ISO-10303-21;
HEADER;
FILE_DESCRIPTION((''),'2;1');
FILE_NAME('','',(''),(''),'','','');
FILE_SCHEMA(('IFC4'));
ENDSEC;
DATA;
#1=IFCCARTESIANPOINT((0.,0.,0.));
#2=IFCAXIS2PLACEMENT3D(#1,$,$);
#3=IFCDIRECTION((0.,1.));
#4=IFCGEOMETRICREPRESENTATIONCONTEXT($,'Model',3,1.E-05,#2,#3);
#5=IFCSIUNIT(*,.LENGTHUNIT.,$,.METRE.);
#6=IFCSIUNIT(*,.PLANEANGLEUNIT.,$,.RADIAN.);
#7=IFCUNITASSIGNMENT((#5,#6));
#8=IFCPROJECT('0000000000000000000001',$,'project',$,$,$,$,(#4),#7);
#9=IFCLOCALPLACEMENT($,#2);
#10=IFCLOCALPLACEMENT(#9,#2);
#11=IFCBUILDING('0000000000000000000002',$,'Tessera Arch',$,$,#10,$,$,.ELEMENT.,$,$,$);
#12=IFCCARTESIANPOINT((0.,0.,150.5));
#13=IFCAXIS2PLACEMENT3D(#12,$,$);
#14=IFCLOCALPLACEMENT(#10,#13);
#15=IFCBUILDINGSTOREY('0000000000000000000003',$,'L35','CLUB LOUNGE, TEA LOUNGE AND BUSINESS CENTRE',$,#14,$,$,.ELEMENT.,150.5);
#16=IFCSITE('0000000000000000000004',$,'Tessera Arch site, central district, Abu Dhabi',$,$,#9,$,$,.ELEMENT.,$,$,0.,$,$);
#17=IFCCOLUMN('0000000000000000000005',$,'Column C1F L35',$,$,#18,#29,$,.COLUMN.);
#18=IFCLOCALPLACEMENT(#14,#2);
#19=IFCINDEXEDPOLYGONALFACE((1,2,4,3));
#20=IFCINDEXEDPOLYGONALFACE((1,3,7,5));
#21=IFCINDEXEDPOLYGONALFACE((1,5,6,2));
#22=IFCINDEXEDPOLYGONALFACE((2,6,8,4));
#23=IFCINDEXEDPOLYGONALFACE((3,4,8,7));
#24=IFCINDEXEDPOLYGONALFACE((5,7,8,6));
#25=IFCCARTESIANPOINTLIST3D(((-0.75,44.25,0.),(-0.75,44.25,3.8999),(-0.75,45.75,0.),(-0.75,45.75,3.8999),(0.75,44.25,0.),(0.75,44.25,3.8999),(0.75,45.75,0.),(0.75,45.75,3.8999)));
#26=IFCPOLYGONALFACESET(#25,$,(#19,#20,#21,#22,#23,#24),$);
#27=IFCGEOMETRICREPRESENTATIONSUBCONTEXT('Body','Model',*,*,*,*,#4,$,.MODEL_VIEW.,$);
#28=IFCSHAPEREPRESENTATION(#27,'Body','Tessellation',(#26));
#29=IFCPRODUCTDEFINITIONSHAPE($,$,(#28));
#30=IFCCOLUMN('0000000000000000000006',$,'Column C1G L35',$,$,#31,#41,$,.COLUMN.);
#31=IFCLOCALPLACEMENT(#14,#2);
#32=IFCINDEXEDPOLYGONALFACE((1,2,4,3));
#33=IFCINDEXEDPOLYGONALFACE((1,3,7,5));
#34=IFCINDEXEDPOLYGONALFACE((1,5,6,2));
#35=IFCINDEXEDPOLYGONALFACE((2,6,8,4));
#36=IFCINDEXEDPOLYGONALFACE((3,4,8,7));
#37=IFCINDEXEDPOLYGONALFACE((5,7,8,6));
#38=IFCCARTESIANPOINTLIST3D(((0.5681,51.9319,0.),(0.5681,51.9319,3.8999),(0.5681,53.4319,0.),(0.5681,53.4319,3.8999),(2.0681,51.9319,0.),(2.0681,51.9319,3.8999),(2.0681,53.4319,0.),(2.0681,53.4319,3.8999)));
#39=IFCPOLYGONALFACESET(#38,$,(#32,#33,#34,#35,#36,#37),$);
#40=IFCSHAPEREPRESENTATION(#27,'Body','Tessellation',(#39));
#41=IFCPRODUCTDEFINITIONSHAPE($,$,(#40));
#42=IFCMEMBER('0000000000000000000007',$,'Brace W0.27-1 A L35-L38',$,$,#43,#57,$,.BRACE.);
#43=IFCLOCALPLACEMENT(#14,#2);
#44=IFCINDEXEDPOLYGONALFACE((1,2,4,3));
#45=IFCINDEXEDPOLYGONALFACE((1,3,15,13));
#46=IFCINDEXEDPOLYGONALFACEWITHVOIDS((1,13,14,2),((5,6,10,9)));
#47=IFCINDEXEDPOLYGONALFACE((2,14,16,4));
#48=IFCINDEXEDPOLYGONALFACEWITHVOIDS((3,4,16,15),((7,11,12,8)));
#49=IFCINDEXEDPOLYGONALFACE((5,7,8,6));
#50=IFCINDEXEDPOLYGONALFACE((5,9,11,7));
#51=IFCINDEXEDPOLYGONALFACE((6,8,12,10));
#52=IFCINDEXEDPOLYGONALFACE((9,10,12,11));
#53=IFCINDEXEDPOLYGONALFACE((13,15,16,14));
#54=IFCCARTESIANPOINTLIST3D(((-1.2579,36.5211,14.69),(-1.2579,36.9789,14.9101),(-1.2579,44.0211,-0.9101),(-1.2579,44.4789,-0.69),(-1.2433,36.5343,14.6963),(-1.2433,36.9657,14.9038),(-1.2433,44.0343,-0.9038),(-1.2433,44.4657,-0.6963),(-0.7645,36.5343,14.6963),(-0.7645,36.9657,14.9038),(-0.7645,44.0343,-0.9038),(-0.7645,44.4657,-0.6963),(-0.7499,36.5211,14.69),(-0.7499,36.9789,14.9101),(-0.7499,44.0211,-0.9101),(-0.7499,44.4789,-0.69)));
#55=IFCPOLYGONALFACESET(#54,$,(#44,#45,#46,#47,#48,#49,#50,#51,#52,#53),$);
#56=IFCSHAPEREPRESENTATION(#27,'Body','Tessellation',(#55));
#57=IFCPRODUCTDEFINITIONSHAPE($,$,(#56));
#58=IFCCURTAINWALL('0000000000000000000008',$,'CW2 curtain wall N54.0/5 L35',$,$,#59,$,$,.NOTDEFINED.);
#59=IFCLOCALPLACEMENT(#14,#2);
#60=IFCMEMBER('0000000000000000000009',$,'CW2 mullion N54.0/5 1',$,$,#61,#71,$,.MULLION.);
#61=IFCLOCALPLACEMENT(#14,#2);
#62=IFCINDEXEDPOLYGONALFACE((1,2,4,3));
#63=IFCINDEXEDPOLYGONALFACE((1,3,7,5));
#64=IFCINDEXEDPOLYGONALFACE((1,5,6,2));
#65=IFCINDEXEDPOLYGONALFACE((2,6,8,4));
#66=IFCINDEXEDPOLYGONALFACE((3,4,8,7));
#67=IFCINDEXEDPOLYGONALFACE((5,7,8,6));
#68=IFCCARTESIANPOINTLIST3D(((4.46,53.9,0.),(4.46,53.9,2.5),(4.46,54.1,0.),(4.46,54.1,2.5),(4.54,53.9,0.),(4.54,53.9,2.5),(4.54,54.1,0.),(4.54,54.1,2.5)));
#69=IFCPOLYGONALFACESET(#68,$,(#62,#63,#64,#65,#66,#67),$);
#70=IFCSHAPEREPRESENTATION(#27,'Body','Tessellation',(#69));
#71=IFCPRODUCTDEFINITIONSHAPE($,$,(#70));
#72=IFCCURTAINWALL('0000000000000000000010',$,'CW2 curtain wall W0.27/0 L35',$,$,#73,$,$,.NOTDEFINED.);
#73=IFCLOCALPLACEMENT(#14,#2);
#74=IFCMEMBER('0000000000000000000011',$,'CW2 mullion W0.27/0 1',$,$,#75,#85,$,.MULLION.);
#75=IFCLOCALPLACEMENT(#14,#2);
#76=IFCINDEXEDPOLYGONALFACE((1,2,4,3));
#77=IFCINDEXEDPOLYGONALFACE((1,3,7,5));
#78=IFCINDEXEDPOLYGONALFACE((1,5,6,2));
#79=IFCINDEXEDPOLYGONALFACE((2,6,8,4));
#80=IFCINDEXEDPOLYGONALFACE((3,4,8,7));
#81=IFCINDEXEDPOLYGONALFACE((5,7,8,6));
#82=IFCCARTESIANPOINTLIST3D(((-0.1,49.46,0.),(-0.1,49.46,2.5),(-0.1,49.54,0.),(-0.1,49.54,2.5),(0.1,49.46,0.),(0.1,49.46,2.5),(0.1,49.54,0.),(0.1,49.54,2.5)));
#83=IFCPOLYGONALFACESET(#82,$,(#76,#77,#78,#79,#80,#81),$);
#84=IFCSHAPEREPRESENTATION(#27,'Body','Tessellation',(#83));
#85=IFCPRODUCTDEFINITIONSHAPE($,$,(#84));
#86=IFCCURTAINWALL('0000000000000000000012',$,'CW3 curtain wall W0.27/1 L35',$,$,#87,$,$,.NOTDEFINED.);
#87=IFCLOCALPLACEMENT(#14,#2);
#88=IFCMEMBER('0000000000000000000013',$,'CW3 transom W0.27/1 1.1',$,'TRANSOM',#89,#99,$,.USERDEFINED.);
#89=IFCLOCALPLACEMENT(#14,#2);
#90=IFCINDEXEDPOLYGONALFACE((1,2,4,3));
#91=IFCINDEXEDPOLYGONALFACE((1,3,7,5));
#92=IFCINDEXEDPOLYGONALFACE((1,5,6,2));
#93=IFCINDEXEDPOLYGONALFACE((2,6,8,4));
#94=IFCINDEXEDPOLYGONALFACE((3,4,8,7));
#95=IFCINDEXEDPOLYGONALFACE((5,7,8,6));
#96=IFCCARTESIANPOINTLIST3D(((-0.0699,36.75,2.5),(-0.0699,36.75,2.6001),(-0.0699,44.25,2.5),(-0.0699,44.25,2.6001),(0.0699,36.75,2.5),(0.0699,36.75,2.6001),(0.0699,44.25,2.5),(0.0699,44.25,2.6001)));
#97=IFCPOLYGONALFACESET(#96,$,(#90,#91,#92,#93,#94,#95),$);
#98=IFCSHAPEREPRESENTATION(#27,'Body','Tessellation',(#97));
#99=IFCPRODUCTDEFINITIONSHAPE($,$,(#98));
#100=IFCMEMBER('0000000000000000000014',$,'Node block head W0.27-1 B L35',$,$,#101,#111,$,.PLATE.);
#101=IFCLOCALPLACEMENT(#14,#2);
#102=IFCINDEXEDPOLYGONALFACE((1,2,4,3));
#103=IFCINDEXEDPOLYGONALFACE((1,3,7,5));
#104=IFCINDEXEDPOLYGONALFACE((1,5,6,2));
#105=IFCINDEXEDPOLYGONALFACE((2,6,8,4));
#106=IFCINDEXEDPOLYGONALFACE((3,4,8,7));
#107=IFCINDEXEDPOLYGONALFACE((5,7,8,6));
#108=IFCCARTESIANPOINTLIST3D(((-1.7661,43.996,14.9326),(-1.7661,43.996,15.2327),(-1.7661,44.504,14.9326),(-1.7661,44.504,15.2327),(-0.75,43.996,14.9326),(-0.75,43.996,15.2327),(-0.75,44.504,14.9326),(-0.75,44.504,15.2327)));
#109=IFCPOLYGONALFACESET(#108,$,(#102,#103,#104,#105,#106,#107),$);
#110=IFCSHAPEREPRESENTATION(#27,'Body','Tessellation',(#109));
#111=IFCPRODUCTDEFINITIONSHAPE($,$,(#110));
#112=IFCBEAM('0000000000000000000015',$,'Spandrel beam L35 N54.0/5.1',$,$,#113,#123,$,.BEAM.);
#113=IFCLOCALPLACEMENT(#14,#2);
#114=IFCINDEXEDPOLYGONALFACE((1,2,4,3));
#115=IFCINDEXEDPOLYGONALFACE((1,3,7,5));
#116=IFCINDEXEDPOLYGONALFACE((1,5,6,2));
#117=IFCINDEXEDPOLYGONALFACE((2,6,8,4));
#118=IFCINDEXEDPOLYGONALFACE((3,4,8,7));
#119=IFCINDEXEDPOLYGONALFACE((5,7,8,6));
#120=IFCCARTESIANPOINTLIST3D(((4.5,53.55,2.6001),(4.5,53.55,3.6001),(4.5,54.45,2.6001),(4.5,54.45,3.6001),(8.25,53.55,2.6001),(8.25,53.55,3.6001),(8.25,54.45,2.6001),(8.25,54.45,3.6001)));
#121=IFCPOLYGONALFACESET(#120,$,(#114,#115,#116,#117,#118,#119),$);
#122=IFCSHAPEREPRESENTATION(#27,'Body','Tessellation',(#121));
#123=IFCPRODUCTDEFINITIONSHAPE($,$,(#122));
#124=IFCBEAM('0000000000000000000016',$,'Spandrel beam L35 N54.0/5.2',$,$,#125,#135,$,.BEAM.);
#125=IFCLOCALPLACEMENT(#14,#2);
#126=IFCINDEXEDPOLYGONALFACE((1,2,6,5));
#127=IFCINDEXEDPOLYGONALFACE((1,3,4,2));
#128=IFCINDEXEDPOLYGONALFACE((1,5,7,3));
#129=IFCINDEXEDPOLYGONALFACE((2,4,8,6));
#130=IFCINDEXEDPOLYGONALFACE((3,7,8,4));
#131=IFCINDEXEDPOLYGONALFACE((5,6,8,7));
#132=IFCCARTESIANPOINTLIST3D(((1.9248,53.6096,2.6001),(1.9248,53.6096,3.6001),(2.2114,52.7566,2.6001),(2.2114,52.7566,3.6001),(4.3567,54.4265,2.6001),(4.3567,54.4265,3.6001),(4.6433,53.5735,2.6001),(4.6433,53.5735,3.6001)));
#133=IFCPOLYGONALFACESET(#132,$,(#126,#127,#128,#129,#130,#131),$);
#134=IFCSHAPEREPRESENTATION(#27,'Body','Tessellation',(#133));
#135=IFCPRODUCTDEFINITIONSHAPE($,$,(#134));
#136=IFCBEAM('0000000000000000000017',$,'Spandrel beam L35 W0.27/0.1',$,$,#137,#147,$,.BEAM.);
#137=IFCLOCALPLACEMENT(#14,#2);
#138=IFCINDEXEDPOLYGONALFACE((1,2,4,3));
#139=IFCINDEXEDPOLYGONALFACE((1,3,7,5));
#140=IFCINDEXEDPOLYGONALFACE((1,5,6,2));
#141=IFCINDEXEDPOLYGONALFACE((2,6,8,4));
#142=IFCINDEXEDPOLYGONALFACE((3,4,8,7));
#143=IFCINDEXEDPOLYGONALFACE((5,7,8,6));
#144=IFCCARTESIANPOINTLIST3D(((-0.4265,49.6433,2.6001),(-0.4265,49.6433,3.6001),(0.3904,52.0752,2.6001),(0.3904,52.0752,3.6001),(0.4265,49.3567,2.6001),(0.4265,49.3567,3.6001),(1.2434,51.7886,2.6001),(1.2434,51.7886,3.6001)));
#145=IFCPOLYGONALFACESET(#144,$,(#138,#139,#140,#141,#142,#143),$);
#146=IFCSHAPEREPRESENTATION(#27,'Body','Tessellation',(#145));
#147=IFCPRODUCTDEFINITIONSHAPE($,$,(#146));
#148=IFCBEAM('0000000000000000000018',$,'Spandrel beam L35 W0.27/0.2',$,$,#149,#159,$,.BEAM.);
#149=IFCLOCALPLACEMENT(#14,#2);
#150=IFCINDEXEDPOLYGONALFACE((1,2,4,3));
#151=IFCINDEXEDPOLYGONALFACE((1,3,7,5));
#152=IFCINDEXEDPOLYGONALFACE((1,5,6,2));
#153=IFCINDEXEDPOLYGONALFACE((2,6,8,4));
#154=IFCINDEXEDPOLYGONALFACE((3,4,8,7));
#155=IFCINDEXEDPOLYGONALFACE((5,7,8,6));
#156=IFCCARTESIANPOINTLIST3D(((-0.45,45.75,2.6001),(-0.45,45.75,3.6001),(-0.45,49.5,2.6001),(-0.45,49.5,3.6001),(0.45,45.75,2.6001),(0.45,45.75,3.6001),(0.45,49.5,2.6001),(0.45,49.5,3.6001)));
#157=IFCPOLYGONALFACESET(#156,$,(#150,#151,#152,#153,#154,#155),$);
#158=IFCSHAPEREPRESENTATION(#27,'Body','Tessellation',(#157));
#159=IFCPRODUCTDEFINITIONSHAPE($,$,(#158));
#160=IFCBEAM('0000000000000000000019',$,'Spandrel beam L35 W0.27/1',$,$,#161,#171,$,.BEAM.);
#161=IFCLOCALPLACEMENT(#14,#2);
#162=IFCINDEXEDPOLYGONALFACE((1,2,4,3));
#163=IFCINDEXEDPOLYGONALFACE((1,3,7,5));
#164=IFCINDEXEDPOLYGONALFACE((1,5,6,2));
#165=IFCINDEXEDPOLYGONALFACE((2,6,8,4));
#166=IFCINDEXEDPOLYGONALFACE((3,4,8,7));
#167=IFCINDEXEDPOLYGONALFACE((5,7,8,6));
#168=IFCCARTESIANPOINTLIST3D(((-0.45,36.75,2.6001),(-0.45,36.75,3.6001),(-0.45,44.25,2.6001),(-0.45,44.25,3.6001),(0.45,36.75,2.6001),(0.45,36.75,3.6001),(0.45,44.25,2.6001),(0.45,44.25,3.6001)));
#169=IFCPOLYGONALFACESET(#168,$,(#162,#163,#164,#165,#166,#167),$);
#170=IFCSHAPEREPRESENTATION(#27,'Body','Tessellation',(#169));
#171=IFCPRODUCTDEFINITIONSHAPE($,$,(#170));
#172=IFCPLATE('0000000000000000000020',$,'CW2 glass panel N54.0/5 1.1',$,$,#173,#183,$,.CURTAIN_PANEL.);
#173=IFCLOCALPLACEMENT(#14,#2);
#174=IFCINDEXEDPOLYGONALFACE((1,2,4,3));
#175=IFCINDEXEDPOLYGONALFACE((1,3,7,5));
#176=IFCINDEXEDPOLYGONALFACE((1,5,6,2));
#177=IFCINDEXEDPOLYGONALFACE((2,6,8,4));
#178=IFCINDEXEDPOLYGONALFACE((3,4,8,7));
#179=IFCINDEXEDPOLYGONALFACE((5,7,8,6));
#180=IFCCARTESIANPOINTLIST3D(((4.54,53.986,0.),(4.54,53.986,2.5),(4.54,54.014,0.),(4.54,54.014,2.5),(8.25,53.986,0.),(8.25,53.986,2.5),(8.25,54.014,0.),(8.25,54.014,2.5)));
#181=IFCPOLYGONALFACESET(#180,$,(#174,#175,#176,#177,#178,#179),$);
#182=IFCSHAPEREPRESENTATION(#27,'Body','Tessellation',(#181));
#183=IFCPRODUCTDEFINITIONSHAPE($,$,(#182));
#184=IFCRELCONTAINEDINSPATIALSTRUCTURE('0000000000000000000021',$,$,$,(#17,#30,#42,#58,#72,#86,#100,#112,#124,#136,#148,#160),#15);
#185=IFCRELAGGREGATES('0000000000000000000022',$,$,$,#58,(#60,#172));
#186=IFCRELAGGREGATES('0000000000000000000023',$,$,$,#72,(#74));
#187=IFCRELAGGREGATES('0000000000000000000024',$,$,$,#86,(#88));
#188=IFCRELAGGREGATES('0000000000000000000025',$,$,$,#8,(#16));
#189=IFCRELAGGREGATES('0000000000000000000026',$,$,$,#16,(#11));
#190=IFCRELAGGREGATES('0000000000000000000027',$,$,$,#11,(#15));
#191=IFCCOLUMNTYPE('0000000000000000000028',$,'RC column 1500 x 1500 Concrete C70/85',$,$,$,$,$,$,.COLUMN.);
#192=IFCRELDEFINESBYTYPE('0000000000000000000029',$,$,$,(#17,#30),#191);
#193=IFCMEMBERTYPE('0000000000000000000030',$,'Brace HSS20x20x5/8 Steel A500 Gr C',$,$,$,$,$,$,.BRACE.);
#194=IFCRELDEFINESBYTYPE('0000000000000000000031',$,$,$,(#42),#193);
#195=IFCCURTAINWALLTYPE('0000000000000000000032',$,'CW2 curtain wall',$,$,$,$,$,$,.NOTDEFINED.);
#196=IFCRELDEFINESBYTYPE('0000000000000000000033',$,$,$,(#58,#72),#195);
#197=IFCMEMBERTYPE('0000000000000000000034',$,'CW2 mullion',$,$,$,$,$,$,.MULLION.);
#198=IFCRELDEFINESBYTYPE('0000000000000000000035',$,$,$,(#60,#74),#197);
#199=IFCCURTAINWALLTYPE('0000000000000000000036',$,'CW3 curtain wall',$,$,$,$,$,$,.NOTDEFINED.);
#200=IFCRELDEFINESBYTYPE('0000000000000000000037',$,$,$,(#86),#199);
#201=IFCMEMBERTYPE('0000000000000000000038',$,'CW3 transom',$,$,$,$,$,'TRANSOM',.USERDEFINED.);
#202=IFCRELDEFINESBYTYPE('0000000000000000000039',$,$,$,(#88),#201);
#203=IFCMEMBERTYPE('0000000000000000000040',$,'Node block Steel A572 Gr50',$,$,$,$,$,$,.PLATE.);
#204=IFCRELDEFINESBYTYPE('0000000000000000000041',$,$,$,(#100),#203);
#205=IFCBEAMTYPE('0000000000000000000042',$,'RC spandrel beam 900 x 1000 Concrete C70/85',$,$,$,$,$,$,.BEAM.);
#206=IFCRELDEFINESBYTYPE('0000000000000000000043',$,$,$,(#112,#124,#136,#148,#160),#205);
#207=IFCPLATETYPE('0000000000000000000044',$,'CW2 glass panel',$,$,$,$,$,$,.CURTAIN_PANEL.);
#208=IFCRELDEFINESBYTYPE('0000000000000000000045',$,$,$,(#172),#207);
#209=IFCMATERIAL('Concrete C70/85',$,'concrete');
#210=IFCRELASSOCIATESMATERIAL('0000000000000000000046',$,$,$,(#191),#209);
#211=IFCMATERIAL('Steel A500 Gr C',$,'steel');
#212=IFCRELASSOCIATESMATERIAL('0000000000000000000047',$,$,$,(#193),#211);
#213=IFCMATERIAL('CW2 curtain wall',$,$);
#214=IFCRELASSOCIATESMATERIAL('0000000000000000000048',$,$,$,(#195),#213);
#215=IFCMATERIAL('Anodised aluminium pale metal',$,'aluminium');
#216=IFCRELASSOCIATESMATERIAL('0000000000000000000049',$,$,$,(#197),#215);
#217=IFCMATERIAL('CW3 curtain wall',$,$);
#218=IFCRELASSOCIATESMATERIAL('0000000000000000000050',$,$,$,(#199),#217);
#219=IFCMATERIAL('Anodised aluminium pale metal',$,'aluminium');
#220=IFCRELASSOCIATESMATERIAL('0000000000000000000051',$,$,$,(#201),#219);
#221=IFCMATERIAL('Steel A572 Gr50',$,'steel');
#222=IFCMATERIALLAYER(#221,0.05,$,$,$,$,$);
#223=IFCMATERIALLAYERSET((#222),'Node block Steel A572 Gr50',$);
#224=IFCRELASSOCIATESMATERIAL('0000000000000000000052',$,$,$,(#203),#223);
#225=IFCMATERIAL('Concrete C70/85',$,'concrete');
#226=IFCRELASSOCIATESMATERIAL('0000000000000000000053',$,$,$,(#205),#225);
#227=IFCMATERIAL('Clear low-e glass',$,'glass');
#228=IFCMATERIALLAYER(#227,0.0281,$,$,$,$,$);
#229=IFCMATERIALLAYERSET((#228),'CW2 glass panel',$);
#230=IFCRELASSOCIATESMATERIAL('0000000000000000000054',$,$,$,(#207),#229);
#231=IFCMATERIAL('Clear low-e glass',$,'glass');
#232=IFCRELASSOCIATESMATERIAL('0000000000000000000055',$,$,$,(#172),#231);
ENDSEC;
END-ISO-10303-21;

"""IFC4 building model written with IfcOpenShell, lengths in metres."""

from ifc_helpers import new_model, si_unit, direction, frame, origin, origin_2d, place, context, subcontext, project, spatial, rectangle, hollow_rectangle, extrude, material, layer, layer_set, material_profile, profile_set, type_object, element, aggregate, save


model = new_model("IFC4")

# Units and contexts
model_context = context("Model", 3, precision=1e-05, world=origin(), true_north=direction((0.0, 1.0)))
body_context = subcontext(model_context, "Body", "Model", "MODEL_VIEW")
ifc_project = project(units=[si_unit("LENGTHUNIT", "METRE"), si_unit("PLANEANGLEUNIT", "RADIAN")], contexts=[model_context])

# Site, building, storey
site_placement = place(None, origin())
site = spatial("IfcSite", under=ifc_project, at=site_placement, Name="Tessera Arch site, central district, Abu Dhabi", CompositionType="ELEMENT", RefElevation=0.0)
building_placement = place(site_placement, origin())
building = spatial("IfcBuilding", under=site, at=building_placement, Name="Tessera Arch", CompositionType="ELEMENT")
storey_placement = place(building_placement, frame((0.0, 0.0, 150.5)))
storey = spatial("IfcBuildingStorey", under=building, at=storey_placement, Name="L35", Description="CLUB LOUNGE, TEA LOUNGE AND BUSINESS CENTRE", CompositionType="ELEMENT", Elevation=150.5)

# Columns
ifc_material_1 = material(Name="Concrete C70/85", Category="concrete")
ifc_material_profile_1 = material_profile(ifc_material_1, rectangle(XDim=1.5, YDim=1.5, at=origin_2d()), Name="RC column 1500 x 1500 Concrete C70/85")
ifc_profile_set_1 = profile_set([ifc_material_profile_1], Name="Concrete C70/85")
column_type = type_object("IfcColumnType", Name="RC column 1500 x 1500 Concrete C70/85", PredefinedType="COLUMN", material=ifc_profile_set_1)
for number, where, z_axis, x_axis, name in (
    (1, (0.0, 45.0, 0.0), (0.0, 0.0, 1.0), (1.0, 0.0, 0.0), "Column C1F L35"),
    (2, (1.3181, 52.6819, 0.0), (0.0, 0.0, 1.0), (1.0, 0.0, 0.0), "Column C1G L35"),
):
    element("IfcColumn", number, at=place(storey_placement, frame(where, z_axis=z_axis, x_axis=x_axis)), inside=storey, type_object=column_type, Name=name, PredefinedType="COLUMN", context=body_context, shape_type="SweptSolid", body=[
        extrude(rectangle(XDim=1.5, YDim=1.5, at=origin_2d()), origin(), (0.0, 0.0, 1.0), 3.8999),
    ])

# Member
ifc_material_2 = material(Name="Steel A500 Gr C", Category="steel")
ifc_material_profile_2 = material_profile(ifc_material_2, hollow_rectangle(XDim=0.5081, YDim=0.5081, WallThickness=0.0146, at=origin_2d()), Name="HSS20x20x5/8")
ifc_profile_set_2 = profile_set([ifc_material_profile_2], Name="Steel A500 Gr C")
member_type_1 = type_object("IfcMemberType", Name="Brace HSS20x20x5/8 Steel A500 Gr C", PredefinedType="BRACE", material=ifc_profile_set_2)
member_1_placement = place(storey_placement, frame((-1.0039, 44.25, -0.8), z_axis=(0.0, -0.433292, 0.901253), x_axis=(1.0, 0.0, 0.0)))
element("IfcMember", 3, at=member_1_placement, inside=storey, type_object=member_type_1, Name="Brace W0.27-1 A L35-L38", PredefinedType="BRACE", context=body_context, shape_type="SweptSolid", body=[
    extrude(hollow_rectangle(XDim=0.5081, YDim=0.5081, WallThickness=0.0146, at=origin_2d()), origin(), (0.0, 0.0, 1.0), 17.3093),
])

# Curtain walls, members
ifc_material_3 = material(Name="CW2 curtain wall")
curtain_wall_type_1 = type_object("IfcCurtainWallType", Name="CW2 curtain wall", PredefinedType="NOTDEFINED", material=ifc_material_3)
curtain_wall_1_placement = place(storey_placement, origin())
curtain_wall_1 = element("IfcCurtainWall", 4, at=curtain_wall_1_placement, inside=storey, type_object=curtain_wall_type_1, Name="CW2 curtain wall N54.0/5 L35", PredefinedType="NOTDEFINED")
ifc_material_4 = material(Name="Anodised aluminium pale metal", Category="aluminium")
ifc_material_profile_3 = material_profile(ifc_material_4, rectangle(XDim=0.2, YDim=0.0801, at=origin_2d()), Name="AL 80x200")
ifc_profile_set_3 = profile_set([ifc_material_profile_3], Name="Anodised aluminium pale metal")
member_type_2 = type_object("IfcMemberType", Name="CW2 mullion", PredefinedType="MULLION", material=ifc_profile_set_3)
member_2_placement = place(storey_placement, frame((4.5, 54.0, 0.0), z_axis=(0.0, 0.0, 1.0), x_axis=(0.0, -1.0, 0.0)))
member_2 = element("IfcMember", 5, at=member_2_placement, type_object=member_type_2, Name="CW2 mullion N54.0/5 1", PredefinedType="MULLION", context=body_context, shape_type="SweptSolid", body=[
    extrude(rectangle(XDim=0.2, YDim=0.0801, at=origin_2d()), origin(), (0.0, 0.0, 1.0), 2.5),
])
curtain_wall_2_placement = place(storey_placement, origin())
curtain_wall_2 = element("IfcCurtainWall", 6, at=curtain_wall_2_placement, inside=storey, type_object=curtain_wall_type_1, Name="CW2 curtain wall W0.27/0 L35", PredefinedType="NOTDEFINED")
member_3_placement = place(storey_placement, frame((0.0, 49.5, 0.0), z_axis=(0.0, 0.0, 1.0), x_axis=(1.0, 0.0, 0.0)))
member_3 = element("IfcMember", 7, at=member_3_placement, type_object=member_type_2, Name="CW2 mullion W0.27/0 1", PredefinedType="MULLION", context=body_context, shape_type="SweptSolid", body=[
    extrude(rectangle(XDim=0.2, YDim=0.0801, at=origin_2d()), origin(), (0.0, 0.0, 1.0), 2.5),
])
ifc_material_5 = material(Name="CW3 curtain wall")
curtain_wall_type_2 = type_object("IfcCurtainWallType", Name="CW3 curtain wall", PredefinedType="NOTDEFINED", material=ifc_material_5)
curtain_wall_3_placement = place(storey_placement, origin())
curtain_wall_3 = element("IfcCurtainWall", 8, at=curtain_wall_3_placement, inside=storey, type_object=curtain_wall_type_2, Name="CW3 curtain wall W0.27/1 L35", PredefinedType="NOTDEFINED")
ifc_material_6 = material(Name="Anodised aluminium pale metal", Category="aluminium")
ifc_material_profile_4 = material_profile(ifc_material_6, rectangle(XDim=0.1399, YDim=0.1001, at=origin_2d()), Name="AL 140x100")
ifc_profile_set_4 = profile_set([ifc_material_profile_4], Name="Anodised aluminium pale metal")
member_type_3 = type_object("IfcMemberType", Name="CW3 transom", ElementType="TRANSOM", PredefinedType="USERDEFINED", material=ifc_profile_set_4)
member_4_placement = place(storey_placement, frame((0.0, 44.25, 2.55), z_axis=(0.0, -1.0, 0.0), x_axis=(1.0, 0.0, 0.0)))
member_4 = element("IfcMember", 9, at=member_4_placement, type_object=member_type_3, Name="CW3 transom W0.27/1 1.1", ObjectType="TRANSOM", PredefinedType="USERDEFINED", context=body_context, shape_type="SweptSolid", body=[
    extrude(rectangle(XDim=0.1399, YDim=0.1001, at=origin_2d()), origin(), (0.0, 0.0, 1.0), 7.5),
])

# Member
ifc_material_7 = material(Name="Steel A572 Gr50", Category="steel")
ifc_layer_1 = layer(ifc_material_7, 0.05)
ifc_layer_set_1 = layer_set([ifc_layer_1], Name="Node block Steel A572 Gr50")
member_type_4 = type_object("IfcMemberType", Name="Node block Steel A572 Gr50", PredefinedType="PLATE", material=ifc_layer_set_1)
member_5_placement = place(storey_placement, frame((-1.2581, 44.25, 14.9326), z_axis=(0.0, 0.0, 1.0), x_axis=(0.0, -1.0, 0.0)))
element("IfcMember", 10, at=member_5_placement, inside=storey, type_object=member_type_4, Name="Node block head W0.27-1 B L35", PredefinedType="PLATE", context=body_context, shape_type="SweptSolid", body=[
    extrude(rectangle(XDim=0.5081, YDim=1.0161, at=origin_2d()), origin(), (0.0, 0.0, 1.0), 0.3),
])

# Beams
ifc_material_8 = material(Name="Concrete C70/85", Category="concrete")
ifc_material_profile_5 = material_profile(ifc_material_8, rectangle(XDim=0.8999, YDim=1.0, at=origin_2d()), Name="RC spandrel beam 900 x 1000 Concrete C70/85")
ifc_profile_set_5 = profile_set([ifc_material_profile_5], Name="Concrete C70/85")
beam_type = type_object("IfcBeamType", Name="RC spandrel beam 900 x 1000 Concrete C70/85", PredefinedType="BEAM", material=ifc_profile_set_5)
beam_1_placement = place(storey_placement, frame((8.25, 54.0, 3.1001), z_axis=(-1.0, 0.0, 0.0), x_axis=(0.0, -1.0, 0.0)))
element("IfcBeam", 11, at=beam_1_placement, inside=storey, type_object=beam_type, Name="Spandrel beam L35 N54.0/5.1", PredefinedType="BEAM", context=body_context, shape_type="SweptSolid", body=[
    extrude(rectangle(XDim=0.8999, YDim=1.0, at=origin_2d()), origin(), (0.0, 0.0, 1.0), 3.75),
])
for number, where, z_axis, x_axis, name in (
    (12, (4.5, 54.0, 3.1001), (-0.947948, -0.318425, 0.0), (0.318425, -0.947948, 0.0), "Spandrel beam L35 N54.0/5.2"),
    (13, (0.8169, 51.9319, 3.1001), (-0.318425, -0.947948, 0.0), (0.947948, -0.318425, 0.0), "Spandrel beam L35 W0.27/0.1"),
):
    element("IfcBeam", number, at=place(storey_placement, frame(where, z_axis=z_axis, x_axis=x_axis)), inside=storey, type_object=beam_type, Name=name, PredefinedType="BEAM", context=body_context, shape_type="SweptSolid", body=[
        extrude(rectangle(XDim=0.8999, YDim=1.0, at=origin_2d()), origin(), (0.0, 0.0, 1.0), 2.5654),
    ])
beam_2_placement = place(storey_placement, frame((0.0, 49.5, 3.1001), z_axis=(0.0, -1.0, 0.0), x_axis=(1.0, 0.0, 0.0)))
element("IfcBeam", 14, at=beam_2_placement, inside=storey, type_object=beam_type, Name="Spandrel beam L35 W0.27/0.2", PredefinedType="BEAM", context=body_context, shape_type="SweptSolid", body=[
    extrude(rectangle(XDim=0.8999, YDim=1.0, at=origin_2d()), origin(), (0.0, 0.0, 1.0), 3.75),
])
beam_3_placement = place(storey_placement, frame((0.0, 44.25, 3.1001), z_axis=(0.0, -1.0, 0.0), x_axis=(1.0, 0.0, 0.0)))
element("IfcBeam", 15, at=beam_3_placement, inside=storey, type_object=beam_type, Name="Spandrel beam L35 W0.27/1", PredefinedType="BEAM", context=body_context, shape_type="SweptSolid", body=[
    extrude(rectangle(XDim=0.8999, YDim=1.0, at=origin_2d()), origin(), (0.0, 0.0, 1.0), 7.5),
])

# Plate
ifc_material_9 = material(Name="Clear low-e glass", Category="glass")
ifc_material_10 = material(Name="Clear low-e glass", Category="glass")
ifc_layer_2 = layer(ifc_material_10, 0.0281)
ifc_layer_set_2 = layer_set([ifc_layer_2], Name="CW2 glass panel")
plate_type_1 = type_object("IfcPlateType", Name="CW2 glass panel", PredefinedType="CURTAIN_PANEL", material=ifc_layer_set_2)
plate_1_placement = place(storey_placement, frame((6.395, 54.0, 0.0), z_axis=(0.0, 0.0, 1.0), x_axis=(-1.0, 0.0, 0.0)))
plate_1 = element("IfcPlate", 16, at=plate_1_placement, type_object=plate_type_1, material=ifc_material_9, Name="CW2 glass panel N54.0/5 1.1", PredefinedType="CURTAIN_PANEL", context=body_context, shape_type="SweptSolid", body=[
    extrude(rectangle(XDim=3.71, YDim=0.0281, at=origin_2d()), origin(), (0.0, 0.0, 1.0), 2.5),
])
aggregate(curtain_wall_1, [member_2, plate_1])
aggregate(curtain_wall_2, [member_3])
aggregate(curtain_wall_3, [member_4])

save(model, "model.ifc")
